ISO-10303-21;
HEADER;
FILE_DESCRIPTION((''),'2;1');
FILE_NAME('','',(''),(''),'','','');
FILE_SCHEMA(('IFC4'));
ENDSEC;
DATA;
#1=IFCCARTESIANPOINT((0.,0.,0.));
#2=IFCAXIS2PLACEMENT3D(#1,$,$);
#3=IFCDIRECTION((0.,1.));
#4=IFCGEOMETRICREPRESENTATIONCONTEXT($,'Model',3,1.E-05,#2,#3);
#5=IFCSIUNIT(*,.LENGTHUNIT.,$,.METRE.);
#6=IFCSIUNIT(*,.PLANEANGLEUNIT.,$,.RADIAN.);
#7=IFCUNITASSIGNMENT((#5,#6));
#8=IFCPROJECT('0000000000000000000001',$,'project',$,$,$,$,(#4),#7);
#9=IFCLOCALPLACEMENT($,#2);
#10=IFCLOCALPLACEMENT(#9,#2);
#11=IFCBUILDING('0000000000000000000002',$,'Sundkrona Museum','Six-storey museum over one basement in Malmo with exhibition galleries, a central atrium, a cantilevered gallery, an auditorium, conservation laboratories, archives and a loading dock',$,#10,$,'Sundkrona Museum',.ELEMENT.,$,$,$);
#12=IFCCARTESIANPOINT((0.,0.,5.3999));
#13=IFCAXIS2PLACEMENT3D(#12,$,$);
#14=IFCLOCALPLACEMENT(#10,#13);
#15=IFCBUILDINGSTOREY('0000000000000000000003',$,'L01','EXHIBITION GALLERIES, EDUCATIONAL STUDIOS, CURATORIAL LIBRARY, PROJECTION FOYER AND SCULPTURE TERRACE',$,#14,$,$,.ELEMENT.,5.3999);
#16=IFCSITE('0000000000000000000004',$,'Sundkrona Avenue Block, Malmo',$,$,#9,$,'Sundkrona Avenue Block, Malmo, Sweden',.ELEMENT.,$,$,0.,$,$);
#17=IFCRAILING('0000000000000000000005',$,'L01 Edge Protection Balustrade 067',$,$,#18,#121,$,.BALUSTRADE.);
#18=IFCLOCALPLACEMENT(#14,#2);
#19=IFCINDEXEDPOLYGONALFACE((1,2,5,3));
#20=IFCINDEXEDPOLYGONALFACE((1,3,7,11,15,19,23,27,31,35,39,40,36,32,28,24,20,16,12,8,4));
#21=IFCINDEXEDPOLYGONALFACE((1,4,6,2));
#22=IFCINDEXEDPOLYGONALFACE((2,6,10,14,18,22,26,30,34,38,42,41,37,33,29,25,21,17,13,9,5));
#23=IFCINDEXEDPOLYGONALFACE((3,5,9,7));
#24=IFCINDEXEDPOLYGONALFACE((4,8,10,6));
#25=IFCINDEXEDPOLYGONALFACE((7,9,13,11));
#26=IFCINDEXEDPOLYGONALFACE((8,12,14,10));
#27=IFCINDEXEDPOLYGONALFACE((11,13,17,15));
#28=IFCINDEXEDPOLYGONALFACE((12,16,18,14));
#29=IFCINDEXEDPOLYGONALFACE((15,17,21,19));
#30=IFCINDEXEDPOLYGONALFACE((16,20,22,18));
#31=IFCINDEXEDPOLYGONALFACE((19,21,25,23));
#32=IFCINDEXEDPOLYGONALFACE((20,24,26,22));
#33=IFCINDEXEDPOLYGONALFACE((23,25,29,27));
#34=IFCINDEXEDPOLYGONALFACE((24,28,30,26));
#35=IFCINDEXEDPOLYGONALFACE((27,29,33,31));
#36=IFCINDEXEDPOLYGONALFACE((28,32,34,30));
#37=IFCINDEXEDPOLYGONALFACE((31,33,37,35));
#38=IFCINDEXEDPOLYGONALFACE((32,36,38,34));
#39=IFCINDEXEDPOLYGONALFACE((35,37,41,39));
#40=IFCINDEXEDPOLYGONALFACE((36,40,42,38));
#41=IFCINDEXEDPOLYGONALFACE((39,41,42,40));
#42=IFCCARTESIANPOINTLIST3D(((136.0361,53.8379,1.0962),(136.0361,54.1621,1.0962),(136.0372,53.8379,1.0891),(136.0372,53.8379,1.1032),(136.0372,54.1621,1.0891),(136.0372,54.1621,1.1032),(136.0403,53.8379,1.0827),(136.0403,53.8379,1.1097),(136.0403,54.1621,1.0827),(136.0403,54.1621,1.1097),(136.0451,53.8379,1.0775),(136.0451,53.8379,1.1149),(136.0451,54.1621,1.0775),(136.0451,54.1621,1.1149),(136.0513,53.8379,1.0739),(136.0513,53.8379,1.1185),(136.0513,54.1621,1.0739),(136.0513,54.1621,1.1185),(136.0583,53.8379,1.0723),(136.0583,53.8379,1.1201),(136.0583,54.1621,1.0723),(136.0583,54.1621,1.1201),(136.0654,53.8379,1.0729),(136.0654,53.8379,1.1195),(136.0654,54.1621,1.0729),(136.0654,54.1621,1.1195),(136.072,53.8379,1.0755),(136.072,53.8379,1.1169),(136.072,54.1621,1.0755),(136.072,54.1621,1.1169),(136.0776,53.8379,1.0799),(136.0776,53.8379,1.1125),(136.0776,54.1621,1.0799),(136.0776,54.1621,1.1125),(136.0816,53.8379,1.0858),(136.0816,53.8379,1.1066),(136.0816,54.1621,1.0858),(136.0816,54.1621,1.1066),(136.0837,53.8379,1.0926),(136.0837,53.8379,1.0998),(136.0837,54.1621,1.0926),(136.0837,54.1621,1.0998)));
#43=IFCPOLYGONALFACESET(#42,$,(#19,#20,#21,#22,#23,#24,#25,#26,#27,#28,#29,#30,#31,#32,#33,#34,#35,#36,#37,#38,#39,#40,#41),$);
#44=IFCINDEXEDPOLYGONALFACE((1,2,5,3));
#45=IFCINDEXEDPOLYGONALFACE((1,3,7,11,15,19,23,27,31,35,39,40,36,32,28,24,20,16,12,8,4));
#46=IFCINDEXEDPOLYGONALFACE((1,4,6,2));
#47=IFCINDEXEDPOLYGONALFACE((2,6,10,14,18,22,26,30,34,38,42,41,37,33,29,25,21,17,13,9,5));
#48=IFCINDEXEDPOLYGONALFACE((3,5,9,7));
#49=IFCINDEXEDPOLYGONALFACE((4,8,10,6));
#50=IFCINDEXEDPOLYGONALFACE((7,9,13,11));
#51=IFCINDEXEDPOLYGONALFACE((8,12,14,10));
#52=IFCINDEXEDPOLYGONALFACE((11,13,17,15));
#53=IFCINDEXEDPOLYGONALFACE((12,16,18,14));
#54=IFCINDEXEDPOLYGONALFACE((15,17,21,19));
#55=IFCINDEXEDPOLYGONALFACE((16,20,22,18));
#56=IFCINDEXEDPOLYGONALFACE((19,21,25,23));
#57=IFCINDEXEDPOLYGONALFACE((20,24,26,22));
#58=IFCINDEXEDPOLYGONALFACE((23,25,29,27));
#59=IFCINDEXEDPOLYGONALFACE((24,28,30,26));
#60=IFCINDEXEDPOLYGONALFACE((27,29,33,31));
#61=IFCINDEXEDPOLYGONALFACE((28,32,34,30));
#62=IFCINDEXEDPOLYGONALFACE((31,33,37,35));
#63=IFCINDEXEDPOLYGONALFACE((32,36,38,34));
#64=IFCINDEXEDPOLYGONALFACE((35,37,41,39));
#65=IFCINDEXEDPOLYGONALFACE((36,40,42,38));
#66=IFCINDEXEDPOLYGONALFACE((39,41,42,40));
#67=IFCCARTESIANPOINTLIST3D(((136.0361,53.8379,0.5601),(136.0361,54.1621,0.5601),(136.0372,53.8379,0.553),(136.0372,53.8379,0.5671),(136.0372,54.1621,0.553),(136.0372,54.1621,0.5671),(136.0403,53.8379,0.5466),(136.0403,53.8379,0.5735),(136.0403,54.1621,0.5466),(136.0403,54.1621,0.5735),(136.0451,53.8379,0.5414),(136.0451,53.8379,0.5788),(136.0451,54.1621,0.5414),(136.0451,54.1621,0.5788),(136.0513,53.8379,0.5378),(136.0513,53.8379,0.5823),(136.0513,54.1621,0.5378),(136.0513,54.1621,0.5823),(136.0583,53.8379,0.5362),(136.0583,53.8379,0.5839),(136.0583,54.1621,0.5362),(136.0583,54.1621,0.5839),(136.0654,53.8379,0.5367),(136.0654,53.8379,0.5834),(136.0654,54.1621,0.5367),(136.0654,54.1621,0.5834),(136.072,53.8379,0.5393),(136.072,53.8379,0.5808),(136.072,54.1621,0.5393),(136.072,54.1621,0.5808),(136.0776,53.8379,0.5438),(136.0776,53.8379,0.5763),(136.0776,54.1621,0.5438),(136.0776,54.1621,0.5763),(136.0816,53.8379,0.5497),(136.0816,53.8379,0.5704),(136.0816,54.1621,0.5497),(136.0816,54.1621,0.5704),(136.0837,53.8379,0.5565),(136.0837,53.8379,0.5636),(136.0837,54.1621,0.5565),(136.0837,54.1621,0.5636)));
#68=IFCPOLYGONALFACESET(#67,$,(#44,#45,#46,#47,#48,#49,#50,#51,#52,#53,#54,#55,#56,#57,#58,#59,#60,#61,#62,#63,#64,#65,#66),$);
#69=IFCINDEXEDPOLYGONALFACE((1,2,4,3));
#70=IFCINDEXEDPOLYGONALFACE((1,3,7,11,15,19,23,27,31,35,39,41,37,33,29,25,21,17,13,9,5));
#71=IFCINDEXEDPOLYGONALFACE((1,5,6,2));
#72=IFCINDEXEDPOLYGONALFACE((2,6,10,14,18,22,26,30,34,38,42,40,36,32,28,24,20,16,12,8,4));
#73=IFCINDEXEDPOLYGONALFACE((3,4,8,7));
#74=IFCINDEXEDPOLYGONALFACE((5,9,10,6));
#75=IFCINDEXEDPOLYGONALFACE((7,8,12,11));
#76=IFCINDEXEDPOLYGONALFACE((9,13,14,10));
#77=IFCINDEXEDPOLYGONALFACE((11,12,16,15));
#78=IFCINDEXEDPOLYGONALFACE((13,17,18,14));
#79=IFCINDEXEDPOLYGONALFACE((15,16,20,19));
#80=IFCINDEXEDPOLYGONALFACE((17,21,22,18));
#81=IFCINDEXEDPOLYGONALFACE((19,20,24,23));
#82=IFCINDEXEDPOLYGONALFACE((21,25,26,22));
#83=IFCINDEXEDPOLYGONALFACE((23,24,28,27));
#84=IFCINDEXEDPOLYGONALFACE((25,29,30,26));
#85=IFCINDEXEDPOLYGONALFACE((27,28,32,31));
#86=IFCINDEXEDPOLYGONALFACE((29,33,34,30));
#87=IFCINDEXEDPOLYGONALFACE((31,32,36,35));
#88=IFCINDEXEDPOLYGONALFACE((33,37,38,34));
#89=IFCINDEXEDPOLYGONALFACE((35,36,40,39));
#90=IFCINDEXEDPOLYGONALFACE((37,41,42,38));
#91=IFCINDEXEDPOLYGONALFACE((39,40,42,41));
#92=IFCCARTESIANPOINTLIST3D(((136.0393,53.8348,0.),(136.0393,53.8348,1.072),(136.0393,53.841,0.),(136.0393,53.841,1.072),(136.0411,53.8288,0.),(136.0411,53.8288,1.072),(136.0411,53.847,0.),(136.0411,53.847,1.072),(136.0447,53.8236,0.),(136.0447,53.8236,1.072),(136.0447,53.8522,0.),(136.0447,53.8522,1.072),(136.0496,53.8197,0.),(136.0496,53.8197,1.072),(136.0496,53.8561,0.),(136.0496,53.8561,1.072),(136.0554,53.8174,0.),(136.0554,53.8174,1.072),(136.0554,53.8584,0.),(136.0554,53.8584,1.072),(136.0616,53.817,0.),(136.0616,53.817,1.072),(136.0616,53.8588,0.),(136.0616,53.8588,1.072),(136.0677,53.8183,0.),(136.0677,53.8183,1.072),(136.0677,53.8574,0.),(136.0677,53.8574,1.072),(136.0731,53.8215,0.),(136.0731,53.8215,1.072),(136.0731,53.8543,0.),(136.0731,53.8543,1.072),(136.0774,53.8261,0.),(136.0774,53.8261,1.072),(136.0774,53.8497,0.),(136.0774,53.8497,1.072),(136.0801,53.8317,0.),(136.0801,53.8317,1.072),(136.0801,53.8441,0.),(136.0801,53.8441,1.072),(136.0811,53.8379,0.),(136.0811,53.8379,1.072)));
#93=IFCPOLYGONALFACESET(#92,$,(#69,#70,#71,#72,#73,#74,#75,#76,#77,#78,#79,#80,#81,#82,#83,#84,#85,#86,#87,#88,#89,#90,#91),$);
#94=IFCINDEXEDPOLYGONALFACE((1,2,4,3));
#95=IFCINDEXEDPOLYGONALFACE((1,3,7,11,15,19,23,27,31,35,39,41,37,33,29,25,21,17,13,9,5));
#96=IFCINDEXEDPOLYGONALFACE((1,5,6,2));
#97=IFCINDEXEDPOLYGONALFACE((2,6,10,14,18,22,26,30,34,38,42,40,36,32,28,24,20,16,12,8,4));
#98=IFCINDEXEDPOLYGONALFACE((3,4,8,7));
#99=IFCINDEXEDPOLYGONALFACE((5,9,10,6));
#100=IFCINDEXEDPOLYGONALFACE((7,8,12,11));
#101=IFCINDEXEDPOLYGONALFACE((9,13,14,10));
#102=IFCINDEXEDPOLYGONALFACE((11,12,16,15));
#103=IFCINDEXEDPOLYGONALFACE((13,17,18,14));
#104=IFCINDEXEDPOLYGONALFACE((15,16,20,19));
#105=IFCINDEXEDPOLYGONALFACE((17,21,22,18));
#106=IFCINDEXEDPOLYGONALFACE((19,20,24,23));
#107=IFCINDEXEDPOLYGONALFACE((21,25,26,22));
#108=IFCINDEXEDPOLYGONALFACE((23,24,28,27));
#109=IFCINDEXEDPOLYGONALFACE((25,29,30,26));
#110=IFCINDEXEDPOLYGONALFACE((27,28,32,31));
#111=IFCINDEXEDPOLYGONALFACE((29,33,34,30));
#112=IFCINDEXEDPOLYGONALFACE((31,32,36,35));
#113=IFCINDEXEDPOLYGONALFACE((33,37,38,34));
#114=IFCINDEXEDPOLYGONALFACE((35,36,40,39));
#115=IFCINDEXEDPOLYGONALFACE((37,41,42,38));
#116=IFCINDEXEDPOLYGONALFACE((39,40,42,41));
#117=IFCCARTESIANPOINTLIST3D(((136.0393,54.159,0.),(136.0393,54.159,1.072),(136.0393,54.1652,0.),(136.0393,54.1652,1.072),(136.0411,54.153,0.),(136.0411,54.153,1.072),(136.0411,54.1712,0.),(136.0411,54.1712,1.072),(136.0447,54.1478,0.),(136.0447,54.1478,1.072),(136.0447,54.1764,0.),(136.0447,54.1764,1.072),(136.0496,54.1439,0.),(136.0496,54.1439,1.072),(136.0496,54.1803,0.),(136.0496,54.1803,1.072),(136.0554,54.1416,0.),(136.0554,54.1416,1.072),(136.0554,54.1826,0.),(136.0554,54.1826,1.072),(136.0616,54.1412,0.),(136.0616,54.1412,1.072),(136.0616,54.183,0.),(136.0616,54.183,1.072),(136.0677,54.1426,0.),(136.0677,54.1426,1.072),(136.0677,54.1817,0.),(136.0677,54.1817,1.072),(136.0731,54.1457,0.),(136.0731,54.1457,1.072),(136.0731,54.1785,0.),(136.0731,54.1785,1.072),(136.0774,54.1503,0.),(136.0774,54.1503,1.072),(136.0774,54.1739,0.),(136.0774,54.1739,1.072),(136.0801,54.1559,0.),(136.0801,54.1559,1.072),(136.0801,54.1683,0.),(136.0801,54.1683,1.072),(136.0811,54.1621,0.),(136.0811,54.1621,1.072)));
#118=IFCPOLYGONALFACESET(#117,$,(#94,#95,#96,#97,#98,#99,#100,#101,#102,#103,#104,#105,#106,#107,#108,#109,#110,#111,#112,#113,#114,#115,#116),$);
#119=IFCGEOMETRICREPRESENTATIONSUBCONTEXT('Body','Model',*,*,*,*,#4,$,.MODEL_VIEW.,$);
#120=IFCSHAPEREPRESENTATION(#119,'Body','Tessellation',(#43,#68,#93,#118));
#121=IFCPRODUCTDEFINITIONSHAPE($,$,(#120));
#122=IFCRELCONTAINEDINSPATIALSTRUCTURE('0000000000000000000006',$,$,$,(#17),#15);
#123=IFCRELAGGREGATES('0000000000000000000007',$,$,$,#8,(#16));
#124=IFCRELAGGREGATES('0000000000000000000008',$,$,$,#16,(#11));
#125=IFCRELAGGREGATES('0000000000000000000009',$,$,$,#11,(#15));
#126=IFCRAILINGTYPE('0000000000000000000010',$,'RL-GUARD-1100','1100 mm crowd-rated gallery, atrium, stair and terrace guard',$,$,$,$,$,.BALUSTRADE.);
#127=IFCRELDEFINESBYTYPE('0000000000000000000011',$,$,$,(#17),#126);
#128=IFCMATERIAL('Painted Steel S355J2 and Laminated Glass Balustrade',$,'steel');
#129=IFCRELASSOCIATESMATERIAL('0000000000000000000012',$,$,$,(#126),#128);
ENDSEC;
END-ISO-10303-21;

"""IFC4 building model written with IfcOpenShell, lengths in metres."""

from ifc_helpers import new_model, si_unit, direction, frame, origin, origin_2d, place, context, subcontext, project, spatial, circle, extrude, material, type_object, element, save


model = new_model("IFC4")

# Units and contexts
model_context = context("Model", 3, precision=1e-05, world=origin(), true_north=direction((0.0, 1.0)))
body_context = subcontext(model_context, "Body", "Model", "MODEL_VIEW")
ifc_project = project(units=[si_unit("LENGTHUNIT", "METRE"), si_unit("PLANEANGLEUNIT", "RADIAN")], contexts=[model_context])

# Site, building, storey
site_placement = place(None, origin())
site = spatial("IfcSite", under=ifc_project, at=site_placement, Name="Sundkrona Avenue Block, Malmo", LongName="Sundkrona Avenue Block, Malmo, Sweden", CompositionType="ELEMENT", RefElevation=0.0)
building_placement = place(site_placement, origin())
building = spatial("IfcBuilding", under=site, at=building_placement, Name="Sundkrona Museum", Description="Six-storey museum over one basement in Malmo with exhibition galleries, a central atrium, a cantilevered gallery, an auditorium, conservation laboratories, archives and a loading dock", LongName="Sundkrona Museum", CompositionType="ELEMENT")
storey_placement = place(building_placement, frame((0.0, 0.0, 5.3999)))
storey = spatial("IfcBuildingStorey", under=building, at=storey_placement, Name="L01", Description="EXHIBITION GALLERIES, EDUCATIONAL STUDIOS, CURATORIAL LIBRARY, PROJECTION FOYER AND SCULPTURE TERRACE", CompositionType="ELEMENT", Elevation=5.3999)

# Railing
ifc_material_1 = material(Name="Painted Steel S355J2 and Laminated Glass Balustrade", Category="steel")
railing_type = type_object("IfcRailingType", Name="RL-GUARD-1100", Description="1100 mm crowd-rated gallery, atrium, stair and terrace guard", PredefinedType="BALUSTRADE", material=ifc_material_1)
railing_1_placement = place(storey_placement, frame((136.0601, 53.8379, 0.0)))
element("IfcRailing", 1, at=railing_1_placement, inside=storey, type_object=railing_type, Name="L01 Edge Protection Balustrade 067", PredefinedType="BALUSTRADE", context=body_context, shape_type="SweptSolid", body=[
    extrude(circle(Radius=0.0239, at=origin_2d()), frame((0.0, 0.0, 1.0962), z_axis=(0.0, 1.0, 0.0), x_axis=(-1.0, 0.0, 0.0)), (0.0, 0.0, 1.0), 0.3242),
    extrude(circle(Radius=0.0239, at=origin_2d()), frame((0.0, 0.0, 0.5601), z_axis=(0.0, 1.0, 0.0), x_axis=(-1.0, 0.0, 0.0)), (0.0, 0.0, 1.0), 0.3242),
    extrude(circle(Radius=0.021, at=origin_2d()), origin(), (0.0, 0.0, 1.0), 1.072),
    extrude(circle(Radius=0.021, at=origin_2d()), frame((0.0, 0.3242, 0.0)), (0.0, 0.0, 1.0), 1.072),
])

save(model, "model.ifc")
